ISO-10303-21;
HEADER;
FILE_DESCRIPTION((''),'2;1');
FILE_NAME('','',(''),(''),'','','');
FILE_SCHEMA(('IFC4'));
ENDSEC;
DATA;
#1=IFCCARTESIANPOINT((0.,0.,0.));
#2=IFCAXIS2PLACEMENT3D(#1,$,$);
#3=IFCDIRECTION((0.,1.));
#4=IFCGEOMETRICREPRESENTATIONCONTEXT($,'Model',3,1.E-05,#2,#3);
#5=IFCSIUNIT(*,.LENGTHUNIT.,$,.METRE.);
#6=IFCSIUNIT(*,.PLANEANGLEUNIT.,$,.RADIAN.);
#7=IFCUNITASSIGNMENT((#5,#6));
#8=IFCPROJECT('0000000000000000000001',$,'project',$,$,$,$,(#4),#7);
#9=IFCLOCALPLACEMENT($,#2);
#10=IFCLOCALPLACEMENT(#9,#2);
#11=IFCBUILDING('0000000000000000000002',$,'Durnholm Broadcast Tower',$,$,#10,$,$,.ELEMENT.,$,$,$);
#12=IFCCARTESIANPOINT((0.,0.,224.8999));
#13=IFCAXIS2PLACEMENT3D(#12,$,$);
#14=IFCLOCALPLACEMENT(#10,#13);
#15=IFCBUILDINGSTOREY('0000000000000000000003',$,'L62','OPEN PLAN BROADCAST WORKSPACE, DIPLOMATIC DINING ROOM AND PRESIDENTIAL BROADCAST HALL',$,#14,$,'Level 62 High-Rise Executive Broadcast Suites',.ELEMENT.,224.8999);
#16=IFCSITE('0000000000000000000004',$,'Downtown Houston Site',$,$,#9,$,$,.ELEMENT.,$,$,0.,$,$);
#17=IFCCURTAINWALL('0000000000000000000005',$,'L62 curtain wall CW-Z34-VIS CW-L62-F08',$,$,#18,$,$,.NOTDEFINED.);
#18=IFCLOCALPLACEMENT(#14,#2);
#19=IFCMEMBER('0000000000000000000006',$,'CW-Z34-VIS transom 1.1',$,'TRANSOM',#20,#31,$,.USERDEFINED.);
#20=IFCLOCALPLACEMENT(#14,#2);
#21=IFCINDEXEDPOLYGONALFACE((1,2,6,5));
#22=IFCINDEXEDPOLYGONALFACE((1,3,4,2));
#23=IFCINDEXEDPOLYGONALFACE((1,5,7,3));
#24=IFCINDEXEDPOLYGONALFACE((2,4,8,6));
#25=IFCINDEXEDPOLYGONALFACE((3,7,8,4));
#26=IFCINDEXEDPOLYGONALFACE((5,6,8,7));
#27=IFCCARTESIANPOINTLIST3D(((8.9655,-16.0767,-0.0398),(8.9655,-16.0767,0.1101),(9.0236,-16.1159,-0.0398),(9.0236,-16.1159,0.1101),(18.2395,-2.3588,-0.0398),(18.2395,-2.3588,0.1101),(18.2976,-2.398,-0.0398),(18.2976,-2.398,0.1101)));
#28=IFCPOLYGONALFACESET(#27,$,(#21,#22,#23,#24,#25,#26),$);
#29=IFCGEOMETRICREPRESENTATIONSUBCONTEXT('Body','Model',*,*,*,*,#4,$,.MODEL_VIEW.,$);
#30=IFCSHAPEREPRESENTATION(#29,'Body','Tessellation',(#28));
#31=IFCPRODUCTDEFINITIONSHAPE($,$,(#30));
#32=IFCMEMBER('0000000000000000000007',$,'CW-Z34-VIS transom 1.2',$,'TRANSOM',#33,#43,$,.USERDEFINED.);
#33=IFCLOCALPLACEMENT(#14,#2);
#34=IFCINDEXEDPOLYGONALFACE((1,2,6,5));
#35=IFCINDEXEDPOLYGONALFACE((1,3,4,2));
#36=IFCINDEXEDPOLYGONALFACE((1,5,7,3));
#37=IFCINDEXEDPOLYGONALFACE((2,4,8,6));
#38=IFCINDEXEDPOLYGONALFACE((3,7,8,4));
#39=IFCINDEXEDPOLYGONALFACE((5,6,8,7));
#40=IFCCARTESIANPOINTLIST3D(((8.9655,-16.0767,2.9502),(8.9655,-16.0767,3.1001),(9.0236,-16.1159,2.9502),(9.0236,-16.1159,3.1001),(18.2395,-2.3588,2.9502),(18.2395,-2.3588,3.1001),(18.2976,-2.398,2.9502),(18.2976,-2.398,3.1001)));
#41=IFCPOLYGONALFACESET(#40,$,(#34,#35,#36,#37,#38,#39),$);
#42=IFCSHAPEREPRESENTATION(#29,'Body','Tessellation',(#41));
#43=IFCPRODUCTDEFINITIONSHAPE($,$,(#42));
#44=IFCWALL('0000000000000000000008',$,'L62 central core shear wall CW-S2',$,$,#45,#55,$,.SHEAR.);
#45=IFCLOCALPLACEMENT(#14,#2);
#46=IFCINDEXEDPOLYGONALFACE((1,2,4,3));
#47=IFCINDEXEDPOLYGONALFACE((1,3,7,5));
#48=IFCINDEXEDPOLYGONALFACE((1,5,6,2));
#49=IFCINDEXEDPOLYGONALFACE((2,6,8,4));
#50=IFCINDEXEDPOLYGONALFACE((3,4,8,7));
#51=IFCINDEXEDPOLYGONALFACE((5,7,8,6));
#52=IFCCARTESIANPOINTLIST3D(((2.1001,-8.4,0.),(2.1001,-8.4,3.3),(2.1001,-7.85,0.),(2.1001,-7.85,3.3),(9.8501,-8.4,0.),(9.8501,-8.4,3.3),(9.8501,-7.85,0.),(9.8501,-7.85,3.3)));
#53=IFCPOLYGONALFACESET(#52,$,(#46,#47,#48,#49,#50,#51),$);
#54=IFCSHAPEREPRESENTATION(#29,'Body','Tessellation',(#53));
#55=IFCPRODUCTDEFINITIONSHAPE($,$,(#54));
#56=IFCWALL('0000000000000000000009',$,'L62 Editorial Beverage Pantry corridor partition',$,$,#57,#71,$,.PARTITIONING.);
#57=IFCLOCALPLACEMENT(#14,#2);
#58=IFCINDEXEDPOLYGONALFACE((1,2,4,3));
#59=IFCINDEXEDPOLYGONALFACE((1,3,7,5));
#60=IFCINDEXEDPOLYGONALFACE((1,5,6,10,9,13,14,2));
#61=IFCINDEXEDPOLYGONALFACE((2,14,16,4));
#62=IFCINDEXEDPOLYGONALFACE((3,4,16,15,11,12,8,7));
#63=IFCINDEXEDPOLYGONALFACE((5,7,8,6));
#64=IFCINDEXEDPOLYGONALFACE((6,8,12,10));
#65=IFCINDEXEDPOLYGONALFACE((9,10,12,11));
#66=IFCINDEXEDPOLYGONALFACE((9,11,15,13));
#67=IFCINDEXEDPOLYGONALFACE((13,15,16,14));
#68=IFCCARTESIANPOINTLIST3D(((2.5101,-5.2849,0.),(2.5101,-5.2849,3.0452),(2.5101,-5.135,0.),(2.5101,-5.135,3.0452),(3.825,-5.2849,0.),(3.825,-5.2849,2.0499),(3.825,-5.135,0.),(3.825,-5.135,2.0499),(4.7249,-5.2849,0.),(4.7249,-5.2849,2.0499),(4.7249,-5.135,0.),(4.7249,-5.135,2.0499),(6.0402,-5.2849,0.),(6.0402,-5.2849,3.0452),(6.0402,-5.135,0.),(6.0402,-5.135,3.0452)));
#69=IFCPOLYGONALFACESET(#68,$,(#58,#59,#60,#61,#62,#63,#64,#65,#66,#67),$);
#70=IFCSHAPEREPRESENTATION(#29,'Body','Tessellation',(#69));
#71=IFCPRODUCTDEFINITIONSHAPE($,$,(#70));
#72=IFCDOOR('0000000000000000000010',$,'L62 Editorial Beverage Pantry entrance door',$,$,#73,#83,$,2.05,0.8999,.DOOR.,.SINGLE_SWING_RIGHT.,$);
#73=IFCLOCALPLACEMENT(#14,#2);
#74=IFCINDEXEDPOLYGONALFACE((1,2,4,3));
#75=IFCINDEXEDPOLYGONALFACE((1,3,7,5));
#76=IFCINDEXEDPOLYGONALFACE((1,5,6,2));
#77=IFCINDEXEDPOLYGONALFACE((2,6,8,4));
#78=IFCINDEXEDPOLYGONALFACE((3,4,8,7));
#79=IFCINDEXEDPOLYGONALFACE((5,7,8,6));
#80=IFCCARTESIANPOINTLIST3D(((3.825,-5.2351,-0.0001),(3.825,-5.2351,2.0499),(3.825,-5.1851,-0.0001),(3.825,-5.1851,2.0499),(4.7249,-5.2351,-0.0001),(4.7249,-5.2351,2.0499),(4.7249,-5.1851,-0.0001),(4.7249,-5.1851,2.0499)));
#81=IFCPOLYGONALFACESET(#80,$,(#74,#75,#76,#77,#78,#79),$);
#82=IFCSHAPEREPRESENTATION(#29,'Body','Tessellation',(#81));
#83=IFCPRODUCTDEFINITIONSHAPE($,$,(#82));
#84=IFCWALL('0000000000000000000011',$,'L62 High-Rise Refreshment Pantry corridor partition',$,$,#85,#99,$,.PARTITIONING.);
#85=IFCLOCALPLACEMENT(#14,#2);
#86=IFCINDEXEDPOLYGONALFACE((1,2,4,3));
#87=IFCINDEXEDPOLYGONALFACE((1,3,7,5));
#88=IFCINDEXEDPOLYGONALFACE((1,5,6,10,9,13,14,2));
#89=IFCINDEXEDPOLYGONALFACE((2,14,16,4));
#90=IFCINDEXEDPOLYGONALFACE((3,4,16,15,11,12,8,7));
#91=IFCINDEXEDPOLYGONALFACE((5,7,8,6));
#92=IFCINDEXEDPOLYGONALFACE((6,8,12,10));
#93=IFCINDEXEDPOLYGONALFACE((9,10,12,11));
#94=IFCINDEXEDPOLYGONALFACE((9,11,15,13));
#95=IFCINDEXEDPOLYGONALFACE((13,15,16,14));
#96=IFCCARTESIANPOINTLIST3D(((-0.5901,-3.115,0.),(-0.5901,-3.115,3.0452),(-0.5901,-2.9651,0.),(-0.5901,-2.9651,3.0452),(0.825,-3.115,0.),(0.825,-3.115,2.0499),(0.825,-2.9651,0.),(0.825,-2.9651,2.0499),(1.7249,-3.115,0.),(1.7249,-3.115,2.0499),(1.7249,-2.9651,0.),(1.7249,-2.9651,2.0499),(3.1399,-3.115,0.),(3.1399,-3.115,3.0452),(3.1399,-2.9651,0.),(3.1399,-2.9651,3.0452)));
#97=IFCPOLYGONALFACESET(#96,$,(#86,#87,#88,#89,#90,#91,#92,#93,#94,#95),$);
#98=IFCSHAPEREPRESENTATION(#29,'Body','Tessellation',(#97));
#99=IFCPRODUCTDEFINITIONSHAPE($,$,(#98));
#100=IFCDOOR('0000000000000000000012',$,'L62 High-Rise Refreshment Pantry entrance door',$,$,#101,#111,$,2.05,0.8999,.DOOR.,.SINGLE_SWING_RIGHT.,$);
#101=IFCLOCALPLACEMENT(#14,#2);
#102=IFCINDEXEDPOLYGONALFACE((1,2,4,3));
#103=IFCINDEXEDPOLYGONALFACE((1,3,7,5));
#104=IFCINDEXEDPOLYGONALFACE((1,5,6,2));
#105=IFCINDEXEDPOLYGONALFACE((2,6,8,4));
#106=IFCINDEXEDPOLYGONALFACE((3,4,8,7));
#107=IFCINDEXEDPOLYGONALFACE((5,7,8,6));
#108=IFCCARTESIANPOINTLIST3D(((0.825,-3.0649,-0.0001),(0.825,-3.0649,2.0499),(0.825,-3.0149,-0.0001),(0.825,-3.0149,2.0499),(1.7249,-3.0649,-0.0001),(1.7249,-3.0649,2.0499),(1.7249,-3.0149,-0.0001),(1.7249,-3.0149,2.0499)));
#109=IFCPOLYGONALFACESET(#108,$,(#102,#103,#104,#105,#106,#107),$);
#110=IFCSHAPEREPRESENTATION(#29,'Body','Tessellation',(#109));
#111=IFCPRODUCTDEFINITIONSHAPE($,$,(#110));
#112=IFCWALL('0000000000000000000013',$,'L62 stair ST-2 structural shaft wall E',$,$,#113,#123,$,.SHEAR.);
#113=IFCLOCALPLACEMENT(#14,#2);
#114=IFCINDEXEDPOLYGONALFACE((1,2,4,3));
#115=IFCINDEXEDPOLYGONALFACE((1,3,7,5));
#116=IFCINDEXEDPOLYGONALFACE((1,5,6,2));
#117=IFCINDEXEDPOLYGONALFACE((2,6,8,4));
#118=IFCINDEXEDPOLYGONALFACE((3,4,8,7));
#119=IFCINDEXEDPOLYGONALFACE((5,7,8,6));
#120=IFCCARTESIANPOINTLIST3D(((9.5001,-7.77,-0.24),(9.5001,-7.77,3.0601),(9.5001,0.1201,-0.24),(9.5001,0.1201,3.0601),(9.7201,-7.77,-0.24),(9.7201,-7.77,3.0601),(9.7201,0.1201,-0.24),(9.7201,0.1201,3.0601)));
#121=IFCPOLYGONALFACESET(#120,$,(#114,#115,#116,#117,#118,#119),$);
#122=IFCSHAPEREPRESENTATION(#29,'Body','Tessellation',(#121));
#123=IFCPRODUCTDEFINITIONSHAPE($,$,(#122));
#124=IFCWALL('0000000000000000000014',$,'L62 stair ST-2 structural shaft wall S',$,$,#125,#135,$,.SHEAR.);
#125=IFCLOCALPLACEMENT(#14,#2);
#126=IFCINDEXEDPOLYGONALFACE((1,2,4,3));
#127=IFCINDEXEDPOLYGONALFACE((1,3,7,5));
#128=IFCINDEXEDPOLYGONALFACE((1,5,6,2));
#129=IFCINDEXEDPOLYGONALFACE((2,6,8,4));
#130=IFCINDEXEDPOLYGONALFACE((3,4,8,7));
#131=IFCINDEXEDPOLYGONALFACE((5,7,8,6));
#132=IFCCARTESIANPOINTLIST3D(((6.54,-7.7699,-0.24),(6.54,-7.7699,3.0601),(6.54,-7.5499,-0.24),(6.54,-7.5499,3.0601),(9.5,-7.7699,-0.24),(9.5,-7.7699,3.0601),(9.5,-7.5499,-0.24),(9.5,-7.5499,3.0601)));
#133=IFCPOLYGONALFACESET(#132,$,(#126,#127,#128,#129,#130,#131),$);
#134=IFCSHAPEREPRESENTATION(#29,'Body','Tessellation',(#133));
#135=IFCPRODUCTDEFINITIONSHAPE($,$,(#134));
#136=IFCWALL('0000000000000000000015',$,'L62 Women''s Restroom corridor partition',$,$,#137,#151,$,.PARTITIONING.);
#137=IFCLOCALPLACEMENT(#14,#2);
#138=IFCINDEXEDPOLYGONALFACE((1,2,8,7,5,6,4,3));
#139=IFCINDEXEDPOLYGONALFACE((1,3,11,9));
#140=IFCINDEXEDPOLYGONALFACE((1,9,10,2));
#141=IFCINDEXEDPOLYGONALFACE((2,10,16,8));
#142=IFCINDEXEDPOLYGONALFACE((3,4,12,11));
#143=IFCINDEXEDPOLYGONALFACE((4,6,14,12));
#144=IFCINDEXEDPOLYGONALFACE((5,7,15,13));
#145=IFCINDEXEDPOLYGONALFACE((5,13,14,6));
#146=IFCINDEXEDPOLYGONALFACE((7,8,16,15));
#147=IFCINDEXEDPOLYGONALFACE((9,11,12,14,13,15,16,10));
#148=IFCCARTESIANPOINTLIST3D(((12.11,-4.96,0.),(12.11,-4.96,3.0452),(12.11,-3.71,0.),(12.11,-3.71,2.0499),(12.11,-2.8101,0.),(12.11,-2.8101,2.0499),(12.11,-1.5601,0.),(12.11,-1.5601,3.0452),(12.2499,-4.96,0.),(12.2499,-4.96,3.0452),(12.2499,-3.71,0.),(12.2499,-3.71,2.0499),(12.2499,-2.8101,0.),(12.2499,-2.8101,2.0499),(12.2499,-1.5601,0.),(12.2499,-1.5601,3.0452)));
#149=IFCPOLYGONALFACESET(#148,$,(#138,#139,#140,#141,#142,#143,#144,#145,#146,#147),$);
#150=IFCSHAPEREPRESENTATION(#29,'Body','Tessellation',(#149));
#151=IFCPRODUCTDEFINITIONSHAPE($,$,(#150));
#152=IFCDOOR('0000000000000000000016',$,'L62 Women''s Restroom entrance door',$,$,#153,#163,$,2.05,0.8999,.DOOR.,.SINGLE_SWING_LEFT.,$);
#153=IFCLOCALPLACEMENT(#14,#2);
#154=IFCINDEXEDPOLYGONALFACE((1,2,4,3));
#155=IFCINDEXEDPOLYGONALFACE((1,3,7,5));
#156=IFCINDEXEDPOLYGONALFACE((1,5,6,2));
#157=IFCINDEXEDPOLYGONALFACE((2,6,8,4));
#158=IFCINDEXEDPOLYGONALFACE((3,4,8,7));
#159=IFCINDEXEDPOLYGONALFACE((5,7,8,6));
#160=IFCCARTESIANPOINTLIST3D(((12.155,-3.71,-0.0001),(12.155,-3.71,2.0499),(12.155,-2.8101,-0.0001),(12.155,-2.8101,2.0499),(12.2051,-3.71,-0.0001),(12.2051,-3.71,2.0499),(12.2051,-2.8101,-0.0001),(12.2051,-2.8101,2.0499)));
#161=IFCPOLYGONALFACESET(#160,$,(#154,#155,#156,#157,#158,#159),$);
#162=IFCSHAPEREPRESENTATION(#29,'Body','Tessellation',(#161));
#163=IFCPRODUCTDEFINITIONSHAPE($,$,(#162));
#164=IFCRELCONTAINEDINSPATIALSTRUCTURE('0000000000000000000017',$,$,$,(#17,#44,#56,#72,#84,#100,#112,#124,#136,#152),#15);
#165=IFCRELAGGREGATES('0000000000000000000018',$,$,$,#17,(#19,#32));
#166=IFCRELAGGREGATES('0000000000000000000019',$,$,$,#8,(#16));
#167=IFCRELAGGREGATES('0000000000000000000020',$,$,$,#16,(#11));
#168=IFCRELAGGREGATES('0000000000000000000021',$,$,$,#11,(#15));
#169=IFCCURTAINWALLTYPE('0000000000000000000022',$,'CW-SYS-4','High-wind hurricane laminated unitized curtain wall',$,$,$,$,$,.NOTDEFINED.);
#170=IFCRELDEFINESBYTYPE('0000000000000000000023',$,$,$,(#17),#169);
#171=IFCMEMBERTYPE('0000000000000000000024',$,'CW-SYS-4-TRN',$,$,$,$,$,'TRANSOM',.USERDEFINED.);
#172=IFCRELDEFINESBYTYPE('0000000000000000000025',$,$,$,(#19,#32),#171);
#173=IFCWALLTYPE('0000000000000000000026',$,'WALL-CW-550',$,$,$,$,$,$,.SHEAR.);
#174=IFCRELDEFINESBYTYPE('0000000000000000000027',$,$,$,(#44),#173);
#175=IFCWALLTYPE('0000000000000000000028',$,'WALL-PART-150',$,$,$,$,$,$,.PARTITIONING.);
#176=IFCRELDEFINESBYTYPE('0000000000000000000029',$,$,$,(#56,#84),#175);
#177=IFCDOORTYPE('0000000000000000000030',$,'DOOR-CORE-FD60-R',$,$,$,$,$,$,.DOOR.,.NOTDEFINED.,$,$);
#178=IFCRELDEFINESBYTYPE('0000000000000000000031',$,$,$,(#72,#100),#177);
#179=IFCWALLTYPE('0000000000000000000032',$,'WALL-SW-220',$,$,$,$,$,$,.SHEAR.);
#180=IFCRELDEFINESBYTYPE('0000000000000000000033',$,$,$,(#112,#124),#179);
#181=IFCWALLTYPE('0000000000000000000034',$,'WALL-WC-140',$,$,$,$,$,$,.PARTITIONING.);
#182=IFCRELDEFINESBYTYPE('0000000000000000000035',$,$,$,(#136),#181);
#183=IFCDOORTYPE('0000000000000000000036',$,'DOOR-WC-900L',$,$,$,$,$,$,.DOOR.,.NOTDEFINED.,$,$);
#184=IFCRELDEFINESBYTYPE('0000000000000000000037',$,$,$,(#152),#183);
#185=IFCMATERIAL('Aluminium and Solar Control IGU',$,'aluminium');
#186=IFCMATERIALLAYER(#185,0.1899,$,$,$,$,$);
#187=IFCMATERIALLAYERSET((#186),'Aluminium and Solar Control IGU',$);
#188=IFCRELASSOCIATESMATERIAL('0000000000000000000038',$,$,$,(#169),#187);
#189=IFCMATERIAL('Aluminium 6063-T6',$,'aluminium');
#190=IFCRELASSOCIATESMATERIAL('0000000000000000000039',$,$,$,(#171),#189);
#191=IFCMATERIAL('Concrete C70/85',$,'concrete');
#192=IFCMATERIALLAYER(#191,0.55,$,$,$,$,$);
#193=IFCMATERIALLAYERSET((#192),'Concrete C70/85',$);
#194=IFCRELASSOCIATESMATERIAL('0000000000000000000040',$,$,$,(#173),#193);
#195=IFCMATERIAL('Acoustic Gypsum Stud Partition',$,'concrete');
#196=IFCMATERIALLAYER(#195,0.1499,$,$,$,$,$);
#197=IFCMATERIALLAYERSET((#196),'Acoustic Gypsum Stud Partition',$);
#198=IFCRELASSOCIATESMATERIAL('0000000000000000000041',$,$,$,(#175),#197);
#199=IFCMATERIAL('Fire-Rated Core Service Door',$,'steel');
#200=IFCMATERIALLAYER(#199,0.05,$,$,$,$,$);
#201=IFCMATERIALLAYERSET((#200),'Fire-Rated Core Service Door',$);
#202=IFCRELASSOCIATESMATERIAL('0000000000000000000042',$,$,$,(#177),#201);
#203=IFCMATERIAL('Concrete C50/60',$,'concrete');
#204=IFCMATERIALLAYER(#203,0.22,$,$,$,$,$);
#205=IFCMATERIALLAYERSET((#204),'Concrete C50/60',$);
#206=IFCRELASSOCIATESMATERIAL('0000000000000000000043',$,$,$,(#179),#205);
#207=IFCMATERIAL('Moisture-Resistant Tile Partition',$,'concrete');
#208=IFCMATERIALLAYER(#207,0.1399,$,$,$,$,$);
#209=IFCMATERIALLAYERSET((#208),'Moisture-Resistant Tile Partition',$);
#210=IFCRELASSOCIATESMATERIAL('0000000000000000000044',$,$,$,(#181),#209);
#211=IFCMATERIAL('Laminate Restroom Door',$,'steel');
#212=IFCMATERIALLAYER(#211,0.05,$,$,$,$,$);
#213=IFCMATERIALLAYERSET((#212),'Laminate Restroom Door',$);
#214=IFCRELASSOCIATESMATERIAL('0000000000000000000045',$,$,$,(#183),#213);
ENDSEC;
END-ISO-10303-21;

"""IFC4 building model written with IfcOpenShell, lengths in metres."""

from ifc_helpers import new_model, si_unit, direction, frame, frame_2d, origin, origin_2d, place, context, subcontext, project, spatial, rectangle, extrude, source, transform, mapped, material, layer, layer_set, material_profile, profile_set, type_object, type_shapes, element, fill, aggregate, save


model = new_model("IFC4")

# Units and contexts
model_context = context("Model", 3, precision=1e-05, world=origin(), true_north=direction((0.0, 1.0)))
body_context = subcontext(model_context, "Body", "Model", "MODEL_VIEW")
ifc_project = project(units=[si_unit("LENGTHUNIT", "METRE"), si_unit("PLANEANGLEUNIT", "RADIAN")], contexts=[model_context])

# Site, building, storey
site_placement = place(None, origin())
site = spatial("IfcSite", under=ifc_project, at=site_placement, Name="Downtown Houston Site", CompositionType="ELEMENT", RefElevation=0.0)
building_placement = place(site_placement, origin())
building = spatial("IfcBuilding", under=site, at=building_placement, Name="Durnholm Broadcast Tower", CompositionType="ELEMENT")
storey_placement = place(building_placement, frame((0.0, 0.0, 224.8999)))
storey = spatial("IfcBuildingStorey", under=building, at=storey_placement, Name="L62", Description="OPEN PLAN BROADCAST WORKSPACE, DIPLOMATIC DINING ROOM AND PRESIDENTIAL BROADCAST HALL", LongName="Level 62 High-Rise Executive Broadcast Suites", CompositionType="ELEMENT", Elevation=224.8999)

# Shared definitions
ifc_material_1 = material(Name="Concrete C70/85", Category="concrete")

# Shared definitions
ifc_material_2 = material(Name="Aluminium and Solar Control IGU", Category="aluminium")
ifc_material_3 = material(Name="Aluminium 6063-T6", Category="aluminium")

# Curtain wall, members
ifc_layer_1 = layer(ifc_material_2, 0.1899)
ifc_layer_set_1 = layer_set([ifc_layer_1], Name="Aluminium and Solar Control IGU")
curtain_wall_type_1 = type_object("IfcCurtainWallType", Name="CW-SYS-4", Description="High-wind hurricane laminated unitized curtain wall", PredefinedType="NOTDEFINED", material=ifc_layer_set_1)
curtain_wall_1_placement = place(storey_placement, origin())
curtain_wall_1 = element("IfcCurtainWall", 1, at=curtain_wall_1_placement, inside=storey, type_object=curtain_wall_type_1, Name="L62 curtain wall CW-Z34-VIS CW-L62-F08", PredefinedType="NOTDEFINED")
ifc_material_profile_1 = material_profile(ifc_material_3, rectangle(XDim=0.0701, YDim=0.1499, at=origin_2d()), Name="CWT70X150")
ifc_profile_set_1 = profile_set([ifc_material_profile_1], Name="Aluminium 6063-T6")
member_type_1 = type_object("IfcMemberType", Name="CW-SYS-4-TRN", ElementType="TRANSOM", PredefinedType="USERDEFINED", material=ifc_profile_set_1)
shared_shape_1 = source(origin(), body_context, "Body", "SweptSolid", [
    extrude(rectangle(XDim=0.0701, YDim=0.1499, at=origin_2d()), origin(), (0.0, 0.0, 1.0), 16.5586),
])
type_shapes(member_type_1, [shared_shape_1])
member_1_placement = place(storey_placement, frame((18.2686, -2.3784, 0.0352), z_axis=(-0.560071, -0.828444, 0.0), x_axis=(0.828444, -0.560071, 0.0)))
member_1 = element("IfcMember", 2, at=member_1_placement, type_object=member_type_1, Name="CW-Z34-VIS transom 1.1", ObjectType="TRANSOM", PredefinedType="USERDEFINED", context=body_context, shape_type="MappedRepresentation", body=[
    mapped(shared_shape_1, transform((0.0, 0.0, 0.0), x_axis=(1.0, 0.0, 0.0), y_axis=(0.0, 1.0, 0.0), z_axis=(0.0, 0.0, 1.0), scale=1.0)),
])
member_2_placement = place(storey_placement, frame((18.2686, -2.3784, 3.0251), z_axis=(-0.560071, -0.828444, 0.0), x_axis=(0.828444, -0.560071, 0.0)))
member_2 = element("IfcMember", 3, at=member_2_placement, type_object=member_type_1, Name="CW-Z34-VIS transom 1.2", ObjectType="TRANSOM", PredefinedType="USERDEFINED", context=body_context, shape_type="MappedRepresentation", body=[
    mapped(shared_shape_1, transform((0.0, 0.0, 0.0), x_axis=(1.0, 0.0, 0.0), y_axis=(0.0, 1.0, 0.0), z_axis=(0.0, 0.0, 1.0), scale=1.0)),
])
aggregate(curtain_wall_1, [member_1, member_2])

# Wall
ifc_layer_2 = layer(ifc_material_1, 0.55)
ifc_layer_set_2 = layer_set([ifc_layer_2], Name="Concrete C70/85")
wall_type_1 = type_object("IfcWallType", Name="WALL-CW-550", PredefinedType="SHEAR", material=ifc_layer_set_2)
wall_1_placement = place(storey_placement, frame((2.1001, -8.125, 0.0), z_axis=(0.0, 0.0, 1.0), x_axis=(1.0, 0.0, 0.0)))
element("IfcWall", 4, at=wall_1_placement, inside=storey, type_object=wall_type_1, Name="L62 central core shear wall CW-S2", PredefinedType="SHEAR", context=body_context, shape_type="SweptSolid", body=[
    extrude(rectangle(XDim=7.75, YDim=0.55, at=frame_2d((3.875, 0.0))), origin(), (0.0, 0.0, 1.0), 3.3),
])

# Walls, openings, doors
ifc_material_4 = material(Name="Acoustic Gypsum Stud Partition", Category="concrete")
ifc_layer_3 = layer(ifc_material_4, 0.1499)
ifc_layer_set_3 = layer_set([ifc_layer_3], Name="Acoustic Gypsum Stud Partition")
wall_type_2 = type_object("IfcWallType", Name="WALL-PART-150", PredefinedType="PARTITIONING", material=ifc_layer_set_3)
wall_2_placement = place(storey_placement, frame((2.51, -5.21, 0.0), z_axis=(0.0, 0.0, 1.0), x_axis=(1.0, 0.0, 0.0)))
wall_2 = element("IfcWall", 5, at=wall_2_placement, inside=storey, type_object=wall_type_2, Name="L62 Editorial Beverage Pantry corridor partition", PredefinedType="PARTITIONING", context=body_context, shape_type="SweptSolid", body=[
    extrude(rectangle(XDim=3.53, YDim=0.1499, at=frame_2d((1.7651, 0.0))), origin(), (0.0, 0.0, 1.0), 3.0452),
])
opening_1_placement = place(wall_2_placement, frame((1.3149, 0.0, 0.0)))
opening_1 = element("IfcOpeningElement", 6, at=opening_1_placement, cuts=wall_2, PredefinedType="OPENING", context=body_context, shape_type="SweptSolid", body=[
    extrude(rectangle(XDim=0.8999, YDim=2.05, at=frame_2d((0.45, 1.0249))), frame((0.0, 0.085, 0.0), z_axis=(0.0, -1.0, 0.0), x_axis=(1.0, 0.0, 0.0)), (0.0, 0.0, 1.0), 0.1699),
])
ifc_material_5 = material(Name="Fire-Rated Core Service Door", Category="steel")
ifc_layer_4 = layer(ifc_material_5, 0.05)
ifc_layer_set_4 = layer_set([ifc_layer_4], Name="Fire-Rated Core Service Door")
door_type_1 = type_object("IfcDoorType", Name="DOOR-CORE-FD60-R", OperationType="NOTDEFINED", PredefinedType="DOOR", material=ifc_layer_set_4)
shared_shape_2 = source(origin(), body_context, "Body", "SweptSolid", [
    extrude(rectangle(XDim=0.8999, YDim=2.05, at=frame_2d((0.45, 1.0249))), frame((0.0, 0.0249, 0.0), z_axis=(0.0, -1.0, 0.0), x_axis=(1.0, 0.0, 0.0)), (0.0, 0.0, 1.0), 0.05),
])
type_shapes(door_type_1, [shared_shape_2])
door_1_placement = place(opening_1_placement, origin())
door_1 = element("IfcDoor", 7, at=door_1_placement, inside=storey, type_object=door_type_1, Name="L62 Editorial Beverage Pantry entrance door", OperationType="SINGLE_SWING_RIGHT", OverallHeight=2.05, OverallWidth=0.8999, PredefinedType="DOOR", context=body_context, shape_type="MappedRepresentation", body=[
    mapped(shared_shape_2, transform((0.0, 0.0, 0.0), x_axis=(1.0, 0.0, 0.0), y_axis=(0.0, 1.0, 0.0), z_axis=(0.0, 0.0, 1.0), scale=1.0)),
])
fill(opening_1, door_1)
wall_3_placement = place(storey_placement, frame((3.1399, -3.04, 0.0), z_axis=(0.0, 0.0, 1.0), x_axis=(-1.0, 0.0, 0.0)))
wall_3 = element("IfcWall", 8, at=wall_3_placement, inside=storey, type_object=wall_type_2, Name="L62 High-Rise Refreshment Pantry corridor partition", PredefinedType="PARTITIONING", context=body_context, shape_type="SweptSolid", body=[
    extrude(rectangle(XDim=3.73, YDim=0.1499, at=frame_2d((1.865, 0.0))), origin(), (0.0, 0.0, 1.0), 3.0452),
])
opening_2_placement = place(wall_3_placement, frame((1.415, 0.0, 0.0)))
opening_2 = element("IfcOpeningElement", 9, at=opening_2_placement, cuts=wall_3, PredefinedType="OPENING", context=body_context, shape_type="SweptSolid", body=[
    extrude(rectangle(XDim=0.8999, YDim=2.05, at=frame_2d((0.45, 1.0249))), frame((0.0, 0.085, 0.0), z_axis=(0.0, -1.0, 0.0), x_axis=(1.0, 0.0, 0.0)), (0.0, 0.0, 1.0), 0.1699),
])
door_2_placement = place(opening_2_placement, origin())
door_2 = element("IfcDoor", 10, at=door_2_placement, inside=storey, type_object=door_type_1, Name="L62 High-Rise Refreshment Pantry entrance door", OperationType="SINGLE_SWING_RIGHT", OverallHeight=2.05, OverallWidth=0.8999, PredefinedType="DOOR", context=body_context, shape_type="MappedRepresentation", body=[
    mapped(shared_shape_2, transform((0.0, 0.0, 0.0), x_axis=(1.0, 0.0, 0.0), y_axis=(0.0, 1.0, 0.0), z_axis=(0.0, 0.0, 1.0), scale=1.0)),
])
fill(opening_2, door_2)

# Walls
ifc_material_6 = material(Name="Concrete C50/60", Category="concrete")
ifc_layer_5 = layer(ifc_material_6, 0.22)
ifc_layer_set_5 = layer_set([ifc_layer_5], Name="Concrete C50/60")
wall_type_3 = type_object("IfcWallType", Name="WALL-SW-220", PredefinedType="SHEAR", material=ifc_layer_set_5)
wall_4_placement = place(storey_placement, frame((9.6101, -7.77, -0.24), z_axis=(0.0, 0.0, 1.0), x_axis=(0.0, 1.0, 0.0)))
element("IfcWall", 11, at=wall_4_placement, inside=storey, type_object=wall_type_3, Name="L62 stair ST-2 structural shaft wall E", PredefinedType="SHEAR", context=body_context, shape_type="SweptSolid", body=[
    extrude(rectangle(XDim=7.8901, YDim=0.22, at=frame_2d((3.9451, 0.0))), origin(), (0.0, 0.0, 1.0), 3.3),
])
wall_5_placement = place(storey_placement, frame((6.54, -7.6599, -0.24), z_axis=(0.0, 0.0, 1.0), x_axis=(1.0, 0.0, 0.0)))
element("IfcWall", 12, at=wall_5_placement, inside=storey, type_object=wall_type_3, Name="L62 stair ST-2 structural shaft wall S", PredefinedType="SHEAR", context=body_context, shape_type="SweptSolid", body=[
    extrude(rectangle(XDim=2.96, YDim=0.22, at=frame_2d((1.48, 0.0))), origin(), (0.0, 0.0, 1.0), 3.3),
])

# Wall, opening, door
ifc_material_7 = material(Name="Moisture-Resistant Tile Partition", Category="concrete")
ifc_layer_6 = layer(ifc_material_7, 0.1399)
ifc_layer_set_6 = layer_set([ifc_layer_6], Name="Moisture-Resistant Tile Partition")
wall_type_4 = type_object("IfcWallType", Name="WALL-WC-140", PredefinedType="PARTITIONING", material=ifc_layer_set_6)
wall_6_placement = place(storey_placement, frame((12.1799, -4.96, 0.0), z_axis=(0.0, 0.0, 1.0), x_axis=(0.0, 1.0, 0.0)))
wall_6 = element("IfcWall", 13, at=wall_6_placement, inside=storey, type_object=wall_type_4, Name="L62 Women's Restroom corridor partition", PredefinedType="PARTITIONING", context=body_context, shape_type="SweptSolid", body=[
    extrude(rectangle(XDim=3.3999, YDim=0.1399, at=frame_2d((1.7, 0.0))), origin(), (0.0, 0.0, 1.0), 3.0452),
])
opening_3_placement = place(wall_6_placement, frame((1.25, 0.0, 0.0)))
opening_3 = element("IfcOpeningElement", 14, at=opening_3_placement, cuts=wall_6, PredefinedType="OPENING", context=body_context, shape_type="SweptSolid", body=[
    extrude(rectangle(XDim=0.8999, YDim=2.05, at=frame_2d((0.45, 1.0249))), frame((0.0, 0.0801, 0.0), z_axis=(0.0, -1.0, 0.0), x_axis=(1.0, 0.0, 0.0)), (0.0, 0.0, 1.0), 0.1599),
])
ifc_material_8 = material(Name="Laminate Restroom Door", Category="steel")
ifc_layer_7 = layer(ifc_material_8, 0.05)
ifc_layer_set_7 = layer_set([ifc_layer_7], Name="Laminate Restroom Door")
door_type_2 = type_object("IfcDoorType", Name="DOOR-WC-900L", OperationType="NOTDEFINED", PredefinedType="DOOR", material=ifc_layer_set_7)
shared_shape_3 = source(origin(), body_context, "Body", "SweptSolid", [
    extrude(rectangle(XDim=0.8999, YDim=2.05, at=frame_2d((0.45, 1.0249))), frame((0.0, 0.0249, 0.0), z_axis=(0.0, -1.0, 0.0), x_axis=(1.0, 0.0, 0.0)), (0.0, 0.0, 1.0), 0.05),
])
type_shapes(door_type_2, [shared_shape_3])
door_3_placement = place(opening_3_placement, origin())
door_3 = element("IfcDoor", 15, at=door_3_placement, inside=storey, type_object=door_type_2, Name="L62 Women's Restroom entrance door", OperationType="SINGLE_SWING_LEFT", OverallHeight=2.05, OverallWidth=0.8999, PredefinedType="DOOR", context=body_context, shape_type="MappedRepresentation", body=[
    mapped(shared_shape_3, transform((0.0, 0.0, 0.0), x_axis=(1.0, 0.0, 0.0), y_axis=(0.0, 1.0, 0.0), z_axis=(0.0, 0.0, 1.0), scale=1.0)),
])
fill(opening_3, door_3)

save(model, "model.ifc")
